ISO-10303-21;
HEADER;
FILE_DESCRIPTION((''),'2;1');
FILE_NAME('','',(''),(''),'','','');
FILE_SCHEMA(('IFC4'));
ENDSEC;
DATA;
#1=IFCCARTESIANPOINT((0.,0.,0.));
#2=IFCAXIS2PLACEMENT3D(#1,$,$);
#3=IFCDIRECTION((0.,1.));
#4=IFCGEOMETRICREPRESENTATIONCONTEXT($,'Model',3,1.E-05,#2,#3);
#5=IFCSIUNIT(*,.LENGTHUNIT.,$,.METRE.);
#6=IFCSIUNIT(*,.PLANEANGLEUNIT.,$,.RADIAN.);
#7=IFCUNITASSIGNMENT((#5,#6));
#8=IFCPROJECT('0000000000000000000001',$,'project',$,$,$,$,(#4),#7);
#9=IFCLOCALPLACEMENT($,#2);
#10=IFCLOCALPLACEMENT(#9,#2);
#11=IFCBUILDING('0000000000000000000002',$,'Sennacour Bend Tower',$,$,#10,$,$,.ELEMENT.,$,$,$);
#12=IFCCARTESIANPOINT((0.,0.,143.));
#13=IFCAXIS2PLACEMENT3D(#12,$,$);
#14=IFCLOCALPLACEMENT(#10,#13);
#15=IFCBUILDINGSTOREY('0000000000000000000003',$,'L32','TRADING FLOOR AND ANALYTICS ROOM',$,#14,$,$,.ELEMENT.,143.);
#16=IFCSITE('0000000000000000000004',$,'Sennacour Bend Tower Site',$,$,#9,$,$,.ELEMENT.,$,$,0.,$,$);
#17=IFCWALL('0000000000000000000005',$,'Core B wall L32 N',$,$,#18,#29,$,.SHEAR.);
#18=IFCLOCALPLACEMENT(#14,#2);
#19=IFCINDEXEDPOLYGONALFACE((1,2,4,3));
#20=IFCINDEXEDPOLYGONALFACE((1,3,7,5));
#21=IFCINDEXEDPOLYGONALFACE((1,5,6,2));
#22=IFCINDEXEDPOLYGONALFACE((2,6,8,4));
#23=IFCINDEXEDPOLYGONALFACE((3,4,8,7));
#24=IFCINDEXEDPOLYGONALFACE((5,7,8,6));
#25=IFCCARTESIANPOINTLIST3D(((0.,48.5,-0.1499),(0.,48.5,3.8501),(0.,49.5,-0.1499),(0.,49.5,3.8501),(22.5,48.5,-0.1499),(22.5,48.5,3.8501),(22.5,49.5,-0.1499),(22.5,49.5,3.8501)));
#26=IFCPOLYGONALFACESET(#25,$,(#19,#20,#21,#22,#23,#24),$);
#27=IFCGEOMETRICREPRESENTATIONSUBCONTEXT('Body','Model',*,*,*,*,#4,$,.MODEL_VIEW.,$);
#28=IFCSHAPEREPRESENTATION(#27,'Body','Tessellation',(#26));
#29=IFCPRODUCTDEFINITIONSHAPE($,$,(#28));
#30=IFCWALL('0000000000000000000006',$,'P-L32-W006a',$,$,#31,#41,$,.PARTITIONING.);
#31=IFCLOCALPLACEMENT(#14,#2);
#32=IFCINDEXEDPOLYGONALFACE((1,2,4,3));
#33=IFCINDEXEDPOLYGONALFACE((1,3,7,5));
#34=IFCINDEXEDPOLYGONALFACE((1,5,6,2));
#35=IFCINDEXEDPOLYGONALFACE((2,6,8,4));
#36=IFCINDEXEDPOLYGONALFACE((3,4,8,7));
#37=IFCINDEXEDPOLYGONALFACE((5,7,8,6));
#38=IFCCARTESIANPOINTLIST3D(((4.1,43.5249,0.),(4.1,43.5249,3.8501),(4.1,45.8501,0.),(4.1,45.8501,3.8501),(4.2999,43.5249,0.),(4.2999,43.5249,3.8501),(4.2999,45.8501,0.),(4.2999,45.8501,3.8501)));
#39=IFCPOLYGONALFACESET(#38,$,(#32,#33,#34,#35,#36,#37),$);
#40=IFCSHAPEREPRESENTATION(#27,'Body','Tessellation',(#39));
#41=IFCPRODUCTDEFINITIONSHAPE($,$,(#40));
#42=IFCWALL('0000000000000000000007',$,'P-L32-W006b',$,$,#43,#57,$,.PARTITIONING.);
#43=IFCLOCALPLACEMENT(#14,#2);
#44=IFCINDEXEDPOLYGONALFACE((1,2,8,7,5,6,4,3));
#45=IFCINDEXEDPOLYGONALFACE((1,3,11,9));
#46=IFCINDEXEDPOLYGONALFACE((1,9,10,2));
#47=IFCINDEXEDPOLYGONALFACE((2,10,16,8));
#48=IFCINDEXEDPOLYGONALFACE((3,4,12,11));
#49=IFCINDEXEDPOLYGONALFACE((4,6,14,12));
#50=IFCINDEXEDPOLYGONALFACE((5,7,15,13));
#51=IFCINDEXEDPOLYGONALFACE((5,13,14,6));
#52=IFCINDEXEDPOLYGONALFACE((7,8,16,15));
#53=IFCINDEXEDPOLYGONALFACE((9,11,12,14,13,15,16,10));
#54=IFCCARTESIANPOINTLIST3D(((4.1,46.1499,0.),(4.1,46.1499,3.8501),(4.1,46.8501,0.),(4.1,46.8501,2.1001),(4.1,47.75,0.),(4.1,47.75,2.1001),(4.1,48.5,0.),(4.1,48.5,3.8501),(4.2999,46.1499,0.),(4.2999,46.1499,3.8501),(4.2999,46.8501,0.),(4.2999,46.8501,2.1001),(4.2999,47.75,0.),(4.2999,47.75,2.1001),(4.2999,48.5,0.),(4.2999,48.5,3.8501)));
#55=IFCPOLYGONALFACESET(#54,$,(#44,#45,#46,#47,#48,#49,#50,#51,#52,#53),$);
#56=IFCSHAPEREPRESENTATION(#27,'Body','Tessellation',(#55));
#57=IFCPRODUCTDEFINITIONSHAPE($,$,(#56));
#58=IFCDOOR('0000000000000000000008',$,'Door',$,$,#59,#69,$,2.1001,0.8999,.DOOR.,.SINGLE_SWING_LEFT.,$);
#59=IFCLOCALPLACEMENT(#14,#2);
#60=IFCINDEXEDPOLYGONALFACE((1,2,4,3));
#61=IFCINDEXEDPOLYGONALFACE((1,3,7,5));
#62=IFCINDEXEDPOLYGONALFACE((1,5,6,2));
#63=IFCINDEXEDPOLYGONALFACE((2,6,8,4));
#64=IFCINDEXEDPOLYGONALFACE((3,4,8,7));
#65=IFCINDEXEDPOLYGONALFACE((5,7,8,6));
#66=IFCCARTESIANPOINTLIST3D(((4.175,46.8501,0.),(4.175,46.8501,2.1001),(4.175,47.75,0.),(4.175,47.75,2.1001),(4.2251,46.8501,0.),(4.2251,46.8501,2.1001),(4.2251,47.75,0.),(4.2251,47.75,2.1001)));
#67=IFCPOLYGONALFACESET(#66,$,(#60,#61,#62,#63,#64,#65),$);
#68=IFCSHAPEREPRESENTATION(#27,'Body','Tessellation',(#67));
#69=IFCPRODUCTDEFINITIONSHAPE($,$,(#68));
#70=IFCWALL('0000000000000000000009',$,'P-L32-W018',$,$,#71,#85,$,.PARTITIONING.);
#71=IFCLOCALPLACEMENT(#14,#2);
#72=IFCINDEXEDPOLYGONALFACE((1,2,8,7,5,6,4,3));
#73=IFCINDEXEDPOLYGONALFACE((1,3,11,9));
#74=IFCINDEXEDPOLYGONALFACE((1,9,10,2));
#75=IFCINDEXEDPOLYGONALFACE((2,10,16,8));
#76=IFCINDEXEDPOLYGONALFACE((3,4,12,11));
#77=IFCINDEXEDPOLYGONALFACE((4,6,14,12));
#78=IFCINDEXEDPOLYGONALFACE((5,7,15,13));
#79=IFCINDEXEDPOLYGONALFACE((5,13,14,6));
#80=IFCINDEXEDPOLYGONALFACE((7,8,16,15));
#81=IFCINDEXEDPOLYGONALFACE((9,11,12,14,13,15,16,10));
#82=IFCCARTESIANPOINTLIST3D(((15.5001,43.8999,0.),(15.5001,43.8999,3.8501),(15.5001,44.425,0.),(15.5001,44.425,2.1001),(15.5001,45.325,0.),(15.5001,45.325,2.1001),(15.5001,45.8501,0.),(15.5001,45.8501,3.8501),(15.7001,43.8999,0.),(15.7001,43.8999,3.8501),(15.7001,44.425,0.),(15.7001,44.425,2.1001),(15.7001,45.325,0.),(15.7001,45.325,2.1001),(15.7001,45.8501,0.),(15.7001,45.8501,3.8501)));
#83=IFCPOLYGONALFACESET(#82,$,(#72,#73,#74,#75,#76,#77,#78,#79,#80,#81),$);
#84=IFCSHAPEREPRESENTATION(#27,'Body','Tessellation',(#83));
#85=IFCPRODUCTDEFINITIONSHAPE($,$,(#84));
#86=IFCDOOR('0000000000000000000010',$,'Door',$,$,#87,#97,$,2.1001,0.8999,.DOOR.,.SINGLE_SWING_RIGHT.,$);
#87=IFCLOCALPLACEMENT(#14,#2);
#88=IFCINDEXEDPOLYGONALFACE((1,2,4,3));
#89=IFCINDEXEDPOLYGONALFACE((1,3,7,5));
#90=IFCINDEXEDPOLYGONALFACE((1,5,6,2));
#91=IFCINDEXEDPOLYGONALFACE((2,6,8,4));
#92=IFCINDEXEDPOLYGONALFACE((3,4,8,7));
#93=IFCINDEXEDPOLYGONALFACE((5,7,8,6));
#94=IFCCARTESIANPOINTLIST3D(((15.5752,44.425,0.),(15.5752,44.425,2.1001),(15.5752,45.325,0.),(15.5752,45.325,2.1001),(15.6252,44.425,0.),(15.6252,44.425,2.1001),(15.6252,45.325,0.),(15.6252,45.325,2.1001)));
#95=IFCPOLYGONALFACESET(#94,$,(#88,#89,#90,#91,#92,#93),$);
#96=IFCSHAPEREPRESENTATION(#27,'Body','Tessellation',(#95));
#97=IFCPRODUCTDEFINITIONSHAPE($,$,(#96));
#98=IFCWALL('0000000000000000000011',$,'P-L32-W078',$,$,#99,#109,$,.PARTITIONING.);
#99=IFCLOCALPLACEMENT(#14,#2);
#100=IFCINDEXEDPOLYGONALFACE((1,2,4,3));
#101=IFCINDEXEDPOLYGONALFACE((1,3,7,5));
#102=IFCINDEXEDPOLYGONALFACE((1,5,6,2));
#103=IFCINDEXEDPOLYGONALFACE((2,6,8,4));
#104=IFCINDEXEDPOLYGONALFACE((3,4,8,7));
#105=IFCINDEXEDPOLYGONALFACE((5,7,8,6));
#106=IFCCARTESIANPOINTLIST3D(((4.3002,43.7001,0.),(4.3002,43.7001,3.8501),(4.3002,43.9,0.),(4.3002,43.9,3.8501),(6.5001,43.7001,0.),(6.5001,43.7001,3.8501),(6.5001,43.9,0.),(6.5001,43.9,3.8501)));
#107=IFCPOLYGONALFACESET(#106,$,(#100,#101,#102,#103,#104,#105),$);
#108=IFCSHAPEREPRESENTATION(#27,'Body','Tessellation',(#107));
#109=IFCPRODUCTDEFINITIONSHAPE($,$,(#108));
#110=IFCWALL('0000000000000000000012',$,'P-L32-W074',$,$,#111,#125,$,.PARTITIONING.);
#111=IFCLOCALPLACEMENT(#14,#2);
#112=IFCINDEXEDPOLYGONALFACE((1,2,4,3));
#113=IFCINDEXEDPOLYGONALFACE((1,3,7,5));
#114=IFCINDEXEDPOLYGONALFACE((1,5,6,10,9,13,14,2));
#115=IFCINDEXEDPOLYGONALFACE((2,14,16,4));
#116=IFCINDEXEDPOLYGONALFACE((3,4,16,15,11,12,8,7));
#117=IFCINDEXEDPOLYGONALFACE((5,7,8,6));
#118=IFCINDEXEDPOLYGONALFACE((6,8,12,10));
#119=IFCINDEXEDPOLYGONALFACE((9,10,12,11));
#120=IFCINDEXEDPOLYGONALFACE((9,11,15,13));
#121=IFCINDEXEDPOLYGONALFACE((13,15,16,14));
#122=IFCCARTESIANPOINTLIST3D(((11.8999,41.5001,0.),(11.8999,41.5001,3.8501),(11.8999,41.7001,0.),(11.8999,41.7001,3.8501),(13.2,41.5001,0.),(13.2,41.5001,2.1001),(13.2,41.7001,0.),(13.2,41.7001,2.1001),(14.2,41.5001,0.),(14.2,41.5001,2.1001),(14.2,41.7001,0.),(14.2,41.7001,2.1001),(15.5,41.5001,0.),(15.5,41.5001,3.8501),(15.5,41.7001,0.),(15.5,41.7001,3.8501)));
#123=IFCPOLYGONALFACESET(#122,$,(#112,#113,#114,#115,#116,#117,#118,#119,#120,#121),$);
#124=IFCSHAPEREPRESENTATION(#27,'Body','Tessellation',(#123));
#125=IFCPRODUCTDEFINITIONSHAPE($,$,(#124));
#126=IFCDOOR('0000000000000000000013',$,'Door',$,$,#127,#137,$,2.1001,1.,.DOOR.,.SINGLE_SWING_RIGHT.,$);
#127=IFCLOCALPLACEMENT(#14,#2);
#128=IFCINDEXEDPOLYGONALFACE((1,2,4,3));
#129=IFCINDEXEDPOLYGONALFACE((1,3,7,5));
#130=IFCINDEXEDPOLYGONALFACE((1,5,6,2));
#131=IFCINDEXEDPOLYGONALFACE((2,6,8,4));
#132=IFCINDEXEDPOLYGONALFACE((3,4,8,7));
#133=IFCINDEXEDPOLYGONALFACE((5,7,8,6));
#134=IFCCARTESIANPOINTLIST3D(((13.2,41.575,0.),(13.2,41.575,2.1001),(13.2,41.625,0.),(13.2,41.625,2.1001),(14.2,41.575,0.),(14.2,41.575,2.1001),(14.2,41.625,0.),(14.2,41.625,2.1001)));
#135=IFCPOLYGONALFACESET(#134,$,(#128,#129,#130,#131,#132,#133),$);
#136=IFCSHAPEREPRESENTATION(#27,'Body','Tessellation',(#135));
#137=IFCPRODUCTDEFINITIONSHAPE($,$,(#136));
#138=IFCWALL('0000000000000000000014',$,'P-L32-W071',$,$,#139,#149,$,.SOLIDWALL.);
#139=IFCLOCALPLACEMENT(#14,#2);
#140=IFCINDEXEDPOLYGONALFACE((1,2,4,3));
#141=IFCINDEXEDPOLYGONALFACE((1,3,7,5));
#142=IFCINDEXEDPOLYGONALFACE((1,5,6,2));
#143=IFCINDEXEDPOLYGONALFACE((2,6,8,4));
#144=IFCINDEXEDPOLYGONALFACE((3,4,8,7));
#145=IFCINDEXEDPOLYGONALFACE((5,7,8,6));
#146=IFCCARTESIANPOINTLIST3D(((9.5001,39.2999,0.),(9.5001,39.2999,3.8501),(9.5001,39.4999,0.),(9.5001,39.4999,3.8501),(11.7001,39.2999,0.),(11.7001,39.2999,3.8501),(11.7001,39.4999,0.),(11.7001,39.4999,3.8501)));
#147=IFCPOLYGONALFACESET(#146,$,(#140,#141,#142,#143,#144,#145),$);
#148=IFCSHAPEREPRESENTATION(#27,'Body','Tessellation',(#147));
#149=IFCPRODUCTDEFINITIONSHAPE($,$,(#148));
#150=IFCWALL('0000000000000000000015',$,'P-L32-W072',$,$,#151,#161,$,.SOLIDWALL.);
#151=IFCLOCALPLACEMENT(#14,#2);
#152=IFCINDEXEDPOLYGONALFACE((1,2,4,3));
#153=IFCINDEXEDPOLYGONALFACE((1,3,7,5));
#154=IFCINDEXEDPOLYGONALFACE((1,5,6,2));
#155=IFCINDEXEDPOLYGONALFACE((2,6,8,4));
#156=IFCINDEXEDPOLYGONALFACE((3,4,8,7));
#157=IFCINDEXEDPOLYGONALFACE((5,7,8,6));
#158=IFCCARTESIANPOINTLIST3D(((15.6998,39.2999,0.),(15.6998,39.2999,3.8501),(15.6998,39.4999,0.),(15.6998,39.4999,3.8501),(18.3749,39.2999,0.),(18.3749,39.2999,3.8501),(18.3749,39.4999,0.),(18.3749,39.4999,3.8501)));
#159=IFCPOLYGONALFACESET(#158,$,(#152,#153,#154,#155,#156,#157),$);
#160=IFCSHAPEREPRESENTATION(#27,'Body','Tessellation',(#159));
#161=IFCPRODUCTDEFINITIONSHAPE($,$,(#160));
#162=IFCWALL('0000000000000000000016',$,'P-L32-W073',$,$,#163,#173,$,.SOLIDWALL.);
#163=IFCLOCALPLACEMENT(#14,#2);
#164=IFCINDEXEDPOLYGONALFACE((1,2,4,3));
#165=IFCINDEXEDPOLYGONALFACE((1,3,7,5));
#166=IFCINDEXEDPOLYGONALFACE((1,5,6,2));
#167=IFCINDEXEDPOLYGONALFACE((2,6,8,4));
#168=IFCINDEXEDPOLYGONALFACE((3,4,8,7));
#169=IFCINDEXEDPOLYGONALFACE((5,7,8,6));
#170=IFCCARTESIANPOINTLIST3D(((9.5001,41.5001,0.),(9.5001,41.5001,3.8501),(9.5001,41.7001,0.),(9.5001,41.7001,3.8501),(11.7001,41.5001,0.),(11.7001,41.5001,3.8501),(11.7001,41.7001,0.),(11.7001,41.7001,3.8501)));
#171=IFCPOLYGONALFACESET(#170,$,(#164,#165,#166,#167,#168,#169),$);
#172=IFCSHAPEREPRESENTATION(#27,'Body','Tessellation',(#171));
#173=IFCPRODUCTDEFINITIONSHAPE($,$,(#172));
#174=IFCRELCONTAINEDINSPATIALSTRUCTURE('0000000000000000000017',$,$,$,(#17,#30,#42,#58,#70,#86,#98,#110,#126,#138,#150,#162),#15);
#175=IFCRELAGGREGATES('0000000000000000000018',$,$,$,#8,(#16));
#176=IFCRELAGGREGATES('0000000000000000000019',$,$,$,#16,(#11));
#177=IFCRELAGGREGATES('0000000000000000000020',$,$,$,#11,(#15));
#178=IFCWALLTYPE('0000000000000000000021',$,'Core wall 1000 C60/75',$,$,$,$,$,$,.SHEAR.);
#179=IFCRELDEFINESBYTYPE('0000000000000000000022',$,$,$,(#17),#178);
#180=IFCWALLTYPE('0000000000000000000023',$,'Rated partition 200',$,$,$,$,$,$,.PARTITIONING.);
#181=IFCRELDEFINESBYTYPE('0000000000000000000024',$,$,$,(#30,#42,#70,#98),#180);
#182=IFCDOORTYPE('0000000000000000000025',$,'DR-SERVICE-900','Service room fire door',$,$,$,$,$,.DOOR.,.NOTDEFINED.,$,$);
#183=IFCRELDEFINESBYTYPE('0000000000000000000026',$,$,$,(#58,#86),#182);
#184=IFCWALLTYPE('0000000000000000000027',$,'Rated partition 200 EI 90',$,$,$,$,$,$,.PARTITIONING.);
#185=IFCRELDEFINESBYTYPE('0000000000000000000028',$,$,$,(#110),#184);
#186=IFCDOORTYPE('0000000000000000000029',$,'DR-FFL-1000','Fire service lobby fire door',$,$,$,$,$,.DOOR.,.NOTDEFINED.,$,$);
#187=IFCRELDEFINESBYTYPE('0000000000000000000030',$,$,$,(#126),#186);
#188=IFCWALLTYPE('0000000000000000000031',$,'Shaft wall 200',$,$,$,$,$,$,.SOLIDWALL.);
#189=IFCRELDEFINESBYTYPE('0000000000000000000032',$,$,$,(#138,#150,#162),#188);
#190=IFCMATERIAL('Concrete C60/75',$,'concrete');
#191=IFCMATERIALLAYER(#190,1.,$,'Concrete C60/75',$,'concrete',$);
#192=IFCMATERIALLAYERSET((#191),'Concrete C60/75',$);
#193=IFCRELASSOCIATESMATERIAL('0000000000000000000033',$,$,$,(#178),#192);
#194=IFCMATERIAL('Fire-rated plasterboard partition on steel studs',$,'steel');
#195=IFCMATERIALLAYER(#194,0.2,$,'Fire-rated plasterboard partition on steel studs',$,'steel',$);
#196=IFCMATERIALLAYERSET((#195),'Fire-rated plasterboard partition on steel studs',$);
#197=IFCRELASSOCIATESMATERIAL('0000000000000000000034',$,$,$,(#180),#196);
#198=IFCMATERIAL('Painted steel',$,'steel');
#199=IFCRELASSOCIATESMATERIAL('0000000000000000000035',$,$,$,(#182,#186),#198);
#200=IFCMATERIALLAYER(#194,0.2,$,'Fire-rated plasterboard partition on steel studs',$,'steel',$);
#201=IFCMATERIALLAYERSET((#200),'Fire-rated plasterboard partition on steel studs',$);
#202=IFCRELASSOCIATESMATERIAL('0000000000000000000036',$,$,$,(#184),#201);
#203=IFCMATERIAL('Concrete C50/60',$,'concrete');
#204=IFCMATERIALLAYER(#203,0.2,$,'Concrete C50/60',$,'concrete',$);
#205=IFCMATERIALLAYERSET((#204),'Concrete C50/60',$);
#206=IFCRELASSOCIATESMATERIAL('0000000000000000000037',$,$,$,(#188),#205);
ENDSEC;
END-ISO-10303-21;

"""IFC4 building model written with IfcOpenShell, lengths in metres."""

from ifc_helpers import new_model, si_unit, direction, frame, frame_2d, origin, place, context, subcontext, project, spatial, rectangle, extrude, material, layer, layer_set, type_object, element, fill, save


model = new_model("IFC4")

# Units and contexts
model_context = context("Model", 3, precision=1e-05, world=origin(), true_north=direction((0.0, 1.0)))
body_context = subcontext(model_context, "Body", "Model", "MODEL_VIEW")
ifc_project = project(units=[si_unit("LENGTHUNIT", "METRE"), si_unit("PLANEANGLEUNIT", "RADIAN")], contexts=[model_context])

# Site, building, storey
site_placement = place(None, origin())
site = spatial("IfcSite", under=ifc_project, at=site_placement, Name="Sennacour Bend Tower Site", CompositionType="ELEMENT", RefElevation=0.0)
building_placement = place(site_placement, origin())
building = spatial("IfcBuilding", under=site, at=building_placement, Name="Sennacour Bend Tower", CompositionType="ELEMENT")
storey_placement = place(building_placement, frame((0.0, 0.0, 143.0)))
storey = spatial("IfcBuildingStorey", under=building, at=storey_placement, Name="L32", Description="TRADING FLOOR AND ANALYTICS ROOM", CompositionType="ELEMENT", Elevation=143.0)

# Walls
ifc_material_1 = material(Name="Concrete C60/75", Category="concrete")
ifc_layer_1 = layer(ifc_material_1, 1.0, Name="Concrete C60/75", Category="concrete")
ifc_layer_set_1 = layer_set([ifc_layer_1], Name="Concrete C60/75")
wall_type_1 = type_object("IfcWallType", Name="Core wall 1000 C60/75", PredefinedType="SHEAR", material=ifc_layer_set_1)
wall_1_placement = place(storey_placement, frame((0.0, 49.0, -0.1499), z_axis=(0.0, 0.0, 1.0), x_axis=(1.0, 0.0, 0.0)))
element("IfcWall", 1, at=wall_1_placement, inside=storey, type_object=wall_type_1, Name="Core B wall L32 N", PredefinedType="SHEAR", context=body_context, shape_type="SweptSolid", body=[
    extrude(rectangle(XDim=22.5, YDim=1.0, at=frame_2d((11.25, 0.0))), origin(), (0.0, 0.0, 1.0), 4.0),
])
ifc_material_2 = material(Name="Fire-rated plasterboard partition on steel studs", Category="steel")
ifc_layer_2 = layer(ifc_material_2, 0.2, Name="Fire-rated plasterboard partition on steel studs", Category="steel")
ifc_layer_set_2 = layer_set([ifc_layer_2], Name="Fire-rated plasterboard partition on steel studs")
wall_type_2 = type_object("IfcWallType", Name="Rated partition 200", PredefinedType="PARTITIONING", material=ifc_layer_set_2)
wall_2_placement = place(storey_placement, frame((4.2, 43.5249, 0.0), z_axis=(0.0, 0.0, 1.0), x_axis=(0.0, 1.0, 0.0)))
element("IfcWall", 2, at=wall_2_placement, inside=storey, type_object=wall_type_2, Name="P-L32-W006a", PredefinedType="PARTITIONING", context=body_context, shape_type="SweptSolid", body=[
    extrude(rectangle(XDim=2.3252, YDim=0.2, at=frame_2d((1.1626, 0.0))), origin(), (0.0, 0.0, 1.0), 3.8501),
])

# Walls, openings, doors
wall_3_placement = place(storey_placement, frame((4.2, 46.1499, 0.0), z_axis=(0.0, 0.0, 1.0), x_axis=(0.0, 1.0, 0.0)))
wall_3 = element("IfcWall", 3, at=wall_3_placement, inside=storey, type_object=wall_type_2, Name="P-L32-W006b", PredefinedType="PARTITIONING", context=body_context, shape_type="SweptSolid", body=[
    extrude(rectangle(XDim=2.3501, YDim=0.2, at=frame_2d((1.175, 0.0))), origin(), (0.0, 0.0, 1.0), 3.8501),
])
opening_1_placement = place(wall_3_placement, frame((0.7002, 0.0, 0.0)))
opening_1 = element("IfcOpeningElement", 4, at=opening_1_placement, cuts=wall_3, PredefinedType="OPENING", context=body_context, shape_type="SweptSolid", body=[
    extrude(rectangle(XDim=0.8999, YDim=2.1001, at=frame_2d((0.45, 1.05))), frame((0.0, 0.1099, 0.0), z_axis=(0.0, -1.0, 0.0), x_axis=(1.0, 0.0, 0.0)), (0.0, 0.0, 1.0), 0.22),
])
ifc_material_3 = material(Name="Painted steel", Category="steel")
door_type_1 = type_object("IfcDoorType", Name="DR-SERVICE-900", Description="Service room fire door", OperationType="NOTDEFINED", PredefinedType="DOOR", material=ifc_material_3)
door_1_placement = place(opening_1_placement, origin())
door_1 = element("IfcDoor", 5, at=door_1_placement, inside=storey, type_object=door_type_1, Name="Door", OperationType="SINGLE_SWING_LEFT", OverallHeight=2.1001, OverallWidth=0.8999, PredefinedType="DOOR", context=body_context, shape_type="SweptSolid", body=[
    extrude(rectangle(XDim=0.8999, YDim=2.1001, at=frame_2d((0.45, 1.05))), frame((0.0, 0.0249, 0.0), z_axis=(0.0, -1.0, 0.0), x_axis=(1.0, 0.0, 0.0)), (0.0, 0.0, 1.0), 0.05),
])
fill(opening_1, door_1)
wall_4_placement = place(storey_placement, frame((15.6001, 43.8999, 0.0), z_axis=(0.0, 0.0, 1.0), x_axis=(0.0, 1.0, 0.0)))
wall_4 = element("IfcWall", 6, at=wall_4_placement, inside=storey, type_object=wall_type_2, Name="P-L32-W018", PredefinedType="PARTITIONING", context=body_context, shape_type="SweptSolid", body=[
    extrude(rectangle(XDim=1.9502, YDim=0.2, at=frame_2d((0.9751, 0.0))), origin(), (0.0, 0.0, 1.0), 3.8501),
])
opening_2_placement = place(wall_4_placement, frame((0.5251, 0.0, 0.0)))
opening_2 = element("IfcOpeningElement", 7, at=opening_2_placement, cuts=wall_4, PredefinedType="OPENING", context=body_context, shape_type="SweptSolid", body=[
    extrude(rectangle(XDim=0.8999, YDim=2.1001, at=frame_2d((0.45, 1.05))), frame((0.0, 0.1099, 0.0), z_axis=(0.0, -1.0, 0.0), x_axis=(1.0, 0.0, 0.0)), (0.0, 0.0, 1.0), 0.22),
])
door_2_placement = place(opening_2_placement, origin())
door_2 = element("IfcDoor", 8, at=door_2_placement, inside=storey, type_object=door_type_1, Name="Door", OperationType="SINGLE_SWING_RIGHT", OverallHeight=2.1001, OverallWidth=0.8999, PredefinedType="DOOR", context=body_context, shape_type="SweptSolid", body=[
    extrude(rectangle(XDim=0.8999, YDim=2.1001, at=frame_2d((0.45, 1.05))), frame((0.0, 0.0249, 0.0), z_axis=(0.0, -1.0, 0.0), x_axis=(1.0, 0.0, 0.0)), (0.0, 0.0, 1.0), 0.05),
])
fill(opening_2, door_2)

# Wall
wall_5_placement = place(storey_placement, frame((4.3, 43.8, 0.0), z_axis=(0.0, 0.0, 1.0), x_axis=(1.0, 0.0, 0.0)))
element("IfcWall", 9, at=wall_5_placement, inside=storey, type_object=wall_type_2, Name="P-L32-W078", PredefinedType="PARTITIONING", context=body_context, shape_type="SweptSolid", body=[
    extrude(rectangle(XDim=2.2, YDim=0.2, at=frame_2d((1.1001, 0.0))), origin(), (0.0, 0.0, 1.0), 3.8501),
])

# Wall, opening, door
ifc_layer_3 = layer(ifc_material_2, 0.2, Name="Fire-rated plasterboard partition on steel studs", Category="steel")
ifc_layer_set_3 = layer_set([ifc_layer_3], Name="Fire-rated plasterboard partition on steel studs")
wall_type_3 = type_object("IfcWallType", Name="Rated partition 200 EI 90", PredefinedType="PARTITIONING", material=ifc_layer_set_3)
wall_6_placement = place(storey_placement, frame((11.8999, 41.6001, 0.0), z_axis=(0.0, 0.0, 1.0), x_axis=(1.0, 0.0, 0.0)))
wall_6 = element("IfcWall", 10, at=wall_6_placement, inside=storey, type_object=wall_type_3, Name="P-L32-W074", PredefinedType="PARTITIONING", context=body_context, shape_type="SweptSolid", body=[
    extrude(rectangle(XDim=3.6001, YDim=0.2, at=frame_2d((1.8, 0.0))), origin(), (0.0, 0.0, 1.0), 3.8501),
])
opening_3_placement = place(wall_6_placement, frame((1.3, 0.0, 0.0)))
opening_3 = element("IfcOpeningElement", 11, at=opening_3_placement, cuts=wall_6, PredefinedType="OPENING", context=body_context, shape_type="SweptSolid", body=[
    extrude(rectangle(XDim=1.0, YDim=2.1001, at=frame_2d((0.5, 1.05))), frame((0.0, 0.1099, 0.0), z_axis=(0.0, -1.0, 0.0), x_axis=(1.0, 0.0, 0.0)), (0.0, 0.0, 1.0), 0.22),
])
door_type_2 = type_object("IfcDoorType", Name="DR-FFL-1000", Description="Fire service lobby fire door", OperationType="NOTDEFINED", PredefinedType="DOOR", material=ifc_material_3)
door_3_placement = place(opening_3_placement, origin())
door_3 = element("IfcDoor", 12, at=door_3_placement, inside=storey, type_object=door_type_2, Name="Door", OperationType="SINGLE_SWING_RIGHT", OverallHeight=2.1001, OverallWidth=1.0, PredefinedType="DOOR", context=body_context, shape_type="SweptSolid", body=[
    extrude(rectangle(XDim=1.0, YDim=2.1001, at=frame_2d((0.5, 1.05))), frame((0.0, 0.0249, 0.0), z_axis=(0.0, -1.0, 0.0), x_axis=(1.0, 0.0, 0.0)), (0.0, 0.0, 1.0), 0.05),
])
fill(opening_3, door_3)

# Walls
ifc_material_4 = material(Name="Concrete C50/60", Category="concrete")
ifc_layer_4 = layer(ifc_material_4, 0.2, Name="Concrete C50/60", Category="concrete")
ifc_layer_set_4 = layer_set([ifc_layer_4], Name="Concrete C50/60")
wall_type_4 = type_object("IfcWallType", Name="Shaft wall 200", PredefinedType="SOLIDWALL", material=ifc_layer_set_4)
wall_7_placement = place(storey_placement, frame((9.5, 39.3999, 0.0), z_axis=(0.0, 0.0, 1.0), x_axis=(1.0, 0.0, 0.0)))
element("IfcWall", 13, at=wall_7_placement, inside=storey, type_object=wall_type_4, Name="P-L32-W071", PredefinedType="SOLIDWALL", context=body_context, shape_type="SweptSolid", body=[
    extrude(rectangle(XDim=2.2, YDim=0.2, at=frame_2d((1.1001, 0.0))), origin(), (0.0, 0.0, 1.0), 3.8501),
])
wall_8_placement = place(storey_placement, frame((15.7, 39.3999, 0.0), z_axis=(0.0, 0.0, 1.0), x_axis=(1.0, 0.0, 0.0)))
element("IfcWall", 14, at=wall_8_placement, inside=storey, type_object=wall_type_4, Name="P-L32-W072", PredefinedType="SOLIDWALL", context=body_context, shape_type="SweptSolid", body=[
    extrude(rectangle(XDim=2.675, YDim=0.2, at=frame_2d((1.3374, 0.0))), origin(), (0.0, 0.0, 1.0), 3.8501),
])
wall_9_placement = place(storey_placement, frame((9.5, 41.6001, 0.0), z_axis=(0.0, 0.0, 1.0), x_axis=(1.0, 0.0, 0.0)))
element("IfcWall", 15, at=wall_9_placement, inside=storey, type_object=wall_type_4, Name="P-L32-W073", PredefinedType="SOLIDWALL", context=body_context, shape_type="SweptSolid", body=[
    extrude(rectangle(XDim=2.2, YDim=0.2, at=frame_2d((1.1001, 0.0))), origin(), (0.0, 0.0, 1.0), 3.8501),
])

save(model, "model.ifc")
